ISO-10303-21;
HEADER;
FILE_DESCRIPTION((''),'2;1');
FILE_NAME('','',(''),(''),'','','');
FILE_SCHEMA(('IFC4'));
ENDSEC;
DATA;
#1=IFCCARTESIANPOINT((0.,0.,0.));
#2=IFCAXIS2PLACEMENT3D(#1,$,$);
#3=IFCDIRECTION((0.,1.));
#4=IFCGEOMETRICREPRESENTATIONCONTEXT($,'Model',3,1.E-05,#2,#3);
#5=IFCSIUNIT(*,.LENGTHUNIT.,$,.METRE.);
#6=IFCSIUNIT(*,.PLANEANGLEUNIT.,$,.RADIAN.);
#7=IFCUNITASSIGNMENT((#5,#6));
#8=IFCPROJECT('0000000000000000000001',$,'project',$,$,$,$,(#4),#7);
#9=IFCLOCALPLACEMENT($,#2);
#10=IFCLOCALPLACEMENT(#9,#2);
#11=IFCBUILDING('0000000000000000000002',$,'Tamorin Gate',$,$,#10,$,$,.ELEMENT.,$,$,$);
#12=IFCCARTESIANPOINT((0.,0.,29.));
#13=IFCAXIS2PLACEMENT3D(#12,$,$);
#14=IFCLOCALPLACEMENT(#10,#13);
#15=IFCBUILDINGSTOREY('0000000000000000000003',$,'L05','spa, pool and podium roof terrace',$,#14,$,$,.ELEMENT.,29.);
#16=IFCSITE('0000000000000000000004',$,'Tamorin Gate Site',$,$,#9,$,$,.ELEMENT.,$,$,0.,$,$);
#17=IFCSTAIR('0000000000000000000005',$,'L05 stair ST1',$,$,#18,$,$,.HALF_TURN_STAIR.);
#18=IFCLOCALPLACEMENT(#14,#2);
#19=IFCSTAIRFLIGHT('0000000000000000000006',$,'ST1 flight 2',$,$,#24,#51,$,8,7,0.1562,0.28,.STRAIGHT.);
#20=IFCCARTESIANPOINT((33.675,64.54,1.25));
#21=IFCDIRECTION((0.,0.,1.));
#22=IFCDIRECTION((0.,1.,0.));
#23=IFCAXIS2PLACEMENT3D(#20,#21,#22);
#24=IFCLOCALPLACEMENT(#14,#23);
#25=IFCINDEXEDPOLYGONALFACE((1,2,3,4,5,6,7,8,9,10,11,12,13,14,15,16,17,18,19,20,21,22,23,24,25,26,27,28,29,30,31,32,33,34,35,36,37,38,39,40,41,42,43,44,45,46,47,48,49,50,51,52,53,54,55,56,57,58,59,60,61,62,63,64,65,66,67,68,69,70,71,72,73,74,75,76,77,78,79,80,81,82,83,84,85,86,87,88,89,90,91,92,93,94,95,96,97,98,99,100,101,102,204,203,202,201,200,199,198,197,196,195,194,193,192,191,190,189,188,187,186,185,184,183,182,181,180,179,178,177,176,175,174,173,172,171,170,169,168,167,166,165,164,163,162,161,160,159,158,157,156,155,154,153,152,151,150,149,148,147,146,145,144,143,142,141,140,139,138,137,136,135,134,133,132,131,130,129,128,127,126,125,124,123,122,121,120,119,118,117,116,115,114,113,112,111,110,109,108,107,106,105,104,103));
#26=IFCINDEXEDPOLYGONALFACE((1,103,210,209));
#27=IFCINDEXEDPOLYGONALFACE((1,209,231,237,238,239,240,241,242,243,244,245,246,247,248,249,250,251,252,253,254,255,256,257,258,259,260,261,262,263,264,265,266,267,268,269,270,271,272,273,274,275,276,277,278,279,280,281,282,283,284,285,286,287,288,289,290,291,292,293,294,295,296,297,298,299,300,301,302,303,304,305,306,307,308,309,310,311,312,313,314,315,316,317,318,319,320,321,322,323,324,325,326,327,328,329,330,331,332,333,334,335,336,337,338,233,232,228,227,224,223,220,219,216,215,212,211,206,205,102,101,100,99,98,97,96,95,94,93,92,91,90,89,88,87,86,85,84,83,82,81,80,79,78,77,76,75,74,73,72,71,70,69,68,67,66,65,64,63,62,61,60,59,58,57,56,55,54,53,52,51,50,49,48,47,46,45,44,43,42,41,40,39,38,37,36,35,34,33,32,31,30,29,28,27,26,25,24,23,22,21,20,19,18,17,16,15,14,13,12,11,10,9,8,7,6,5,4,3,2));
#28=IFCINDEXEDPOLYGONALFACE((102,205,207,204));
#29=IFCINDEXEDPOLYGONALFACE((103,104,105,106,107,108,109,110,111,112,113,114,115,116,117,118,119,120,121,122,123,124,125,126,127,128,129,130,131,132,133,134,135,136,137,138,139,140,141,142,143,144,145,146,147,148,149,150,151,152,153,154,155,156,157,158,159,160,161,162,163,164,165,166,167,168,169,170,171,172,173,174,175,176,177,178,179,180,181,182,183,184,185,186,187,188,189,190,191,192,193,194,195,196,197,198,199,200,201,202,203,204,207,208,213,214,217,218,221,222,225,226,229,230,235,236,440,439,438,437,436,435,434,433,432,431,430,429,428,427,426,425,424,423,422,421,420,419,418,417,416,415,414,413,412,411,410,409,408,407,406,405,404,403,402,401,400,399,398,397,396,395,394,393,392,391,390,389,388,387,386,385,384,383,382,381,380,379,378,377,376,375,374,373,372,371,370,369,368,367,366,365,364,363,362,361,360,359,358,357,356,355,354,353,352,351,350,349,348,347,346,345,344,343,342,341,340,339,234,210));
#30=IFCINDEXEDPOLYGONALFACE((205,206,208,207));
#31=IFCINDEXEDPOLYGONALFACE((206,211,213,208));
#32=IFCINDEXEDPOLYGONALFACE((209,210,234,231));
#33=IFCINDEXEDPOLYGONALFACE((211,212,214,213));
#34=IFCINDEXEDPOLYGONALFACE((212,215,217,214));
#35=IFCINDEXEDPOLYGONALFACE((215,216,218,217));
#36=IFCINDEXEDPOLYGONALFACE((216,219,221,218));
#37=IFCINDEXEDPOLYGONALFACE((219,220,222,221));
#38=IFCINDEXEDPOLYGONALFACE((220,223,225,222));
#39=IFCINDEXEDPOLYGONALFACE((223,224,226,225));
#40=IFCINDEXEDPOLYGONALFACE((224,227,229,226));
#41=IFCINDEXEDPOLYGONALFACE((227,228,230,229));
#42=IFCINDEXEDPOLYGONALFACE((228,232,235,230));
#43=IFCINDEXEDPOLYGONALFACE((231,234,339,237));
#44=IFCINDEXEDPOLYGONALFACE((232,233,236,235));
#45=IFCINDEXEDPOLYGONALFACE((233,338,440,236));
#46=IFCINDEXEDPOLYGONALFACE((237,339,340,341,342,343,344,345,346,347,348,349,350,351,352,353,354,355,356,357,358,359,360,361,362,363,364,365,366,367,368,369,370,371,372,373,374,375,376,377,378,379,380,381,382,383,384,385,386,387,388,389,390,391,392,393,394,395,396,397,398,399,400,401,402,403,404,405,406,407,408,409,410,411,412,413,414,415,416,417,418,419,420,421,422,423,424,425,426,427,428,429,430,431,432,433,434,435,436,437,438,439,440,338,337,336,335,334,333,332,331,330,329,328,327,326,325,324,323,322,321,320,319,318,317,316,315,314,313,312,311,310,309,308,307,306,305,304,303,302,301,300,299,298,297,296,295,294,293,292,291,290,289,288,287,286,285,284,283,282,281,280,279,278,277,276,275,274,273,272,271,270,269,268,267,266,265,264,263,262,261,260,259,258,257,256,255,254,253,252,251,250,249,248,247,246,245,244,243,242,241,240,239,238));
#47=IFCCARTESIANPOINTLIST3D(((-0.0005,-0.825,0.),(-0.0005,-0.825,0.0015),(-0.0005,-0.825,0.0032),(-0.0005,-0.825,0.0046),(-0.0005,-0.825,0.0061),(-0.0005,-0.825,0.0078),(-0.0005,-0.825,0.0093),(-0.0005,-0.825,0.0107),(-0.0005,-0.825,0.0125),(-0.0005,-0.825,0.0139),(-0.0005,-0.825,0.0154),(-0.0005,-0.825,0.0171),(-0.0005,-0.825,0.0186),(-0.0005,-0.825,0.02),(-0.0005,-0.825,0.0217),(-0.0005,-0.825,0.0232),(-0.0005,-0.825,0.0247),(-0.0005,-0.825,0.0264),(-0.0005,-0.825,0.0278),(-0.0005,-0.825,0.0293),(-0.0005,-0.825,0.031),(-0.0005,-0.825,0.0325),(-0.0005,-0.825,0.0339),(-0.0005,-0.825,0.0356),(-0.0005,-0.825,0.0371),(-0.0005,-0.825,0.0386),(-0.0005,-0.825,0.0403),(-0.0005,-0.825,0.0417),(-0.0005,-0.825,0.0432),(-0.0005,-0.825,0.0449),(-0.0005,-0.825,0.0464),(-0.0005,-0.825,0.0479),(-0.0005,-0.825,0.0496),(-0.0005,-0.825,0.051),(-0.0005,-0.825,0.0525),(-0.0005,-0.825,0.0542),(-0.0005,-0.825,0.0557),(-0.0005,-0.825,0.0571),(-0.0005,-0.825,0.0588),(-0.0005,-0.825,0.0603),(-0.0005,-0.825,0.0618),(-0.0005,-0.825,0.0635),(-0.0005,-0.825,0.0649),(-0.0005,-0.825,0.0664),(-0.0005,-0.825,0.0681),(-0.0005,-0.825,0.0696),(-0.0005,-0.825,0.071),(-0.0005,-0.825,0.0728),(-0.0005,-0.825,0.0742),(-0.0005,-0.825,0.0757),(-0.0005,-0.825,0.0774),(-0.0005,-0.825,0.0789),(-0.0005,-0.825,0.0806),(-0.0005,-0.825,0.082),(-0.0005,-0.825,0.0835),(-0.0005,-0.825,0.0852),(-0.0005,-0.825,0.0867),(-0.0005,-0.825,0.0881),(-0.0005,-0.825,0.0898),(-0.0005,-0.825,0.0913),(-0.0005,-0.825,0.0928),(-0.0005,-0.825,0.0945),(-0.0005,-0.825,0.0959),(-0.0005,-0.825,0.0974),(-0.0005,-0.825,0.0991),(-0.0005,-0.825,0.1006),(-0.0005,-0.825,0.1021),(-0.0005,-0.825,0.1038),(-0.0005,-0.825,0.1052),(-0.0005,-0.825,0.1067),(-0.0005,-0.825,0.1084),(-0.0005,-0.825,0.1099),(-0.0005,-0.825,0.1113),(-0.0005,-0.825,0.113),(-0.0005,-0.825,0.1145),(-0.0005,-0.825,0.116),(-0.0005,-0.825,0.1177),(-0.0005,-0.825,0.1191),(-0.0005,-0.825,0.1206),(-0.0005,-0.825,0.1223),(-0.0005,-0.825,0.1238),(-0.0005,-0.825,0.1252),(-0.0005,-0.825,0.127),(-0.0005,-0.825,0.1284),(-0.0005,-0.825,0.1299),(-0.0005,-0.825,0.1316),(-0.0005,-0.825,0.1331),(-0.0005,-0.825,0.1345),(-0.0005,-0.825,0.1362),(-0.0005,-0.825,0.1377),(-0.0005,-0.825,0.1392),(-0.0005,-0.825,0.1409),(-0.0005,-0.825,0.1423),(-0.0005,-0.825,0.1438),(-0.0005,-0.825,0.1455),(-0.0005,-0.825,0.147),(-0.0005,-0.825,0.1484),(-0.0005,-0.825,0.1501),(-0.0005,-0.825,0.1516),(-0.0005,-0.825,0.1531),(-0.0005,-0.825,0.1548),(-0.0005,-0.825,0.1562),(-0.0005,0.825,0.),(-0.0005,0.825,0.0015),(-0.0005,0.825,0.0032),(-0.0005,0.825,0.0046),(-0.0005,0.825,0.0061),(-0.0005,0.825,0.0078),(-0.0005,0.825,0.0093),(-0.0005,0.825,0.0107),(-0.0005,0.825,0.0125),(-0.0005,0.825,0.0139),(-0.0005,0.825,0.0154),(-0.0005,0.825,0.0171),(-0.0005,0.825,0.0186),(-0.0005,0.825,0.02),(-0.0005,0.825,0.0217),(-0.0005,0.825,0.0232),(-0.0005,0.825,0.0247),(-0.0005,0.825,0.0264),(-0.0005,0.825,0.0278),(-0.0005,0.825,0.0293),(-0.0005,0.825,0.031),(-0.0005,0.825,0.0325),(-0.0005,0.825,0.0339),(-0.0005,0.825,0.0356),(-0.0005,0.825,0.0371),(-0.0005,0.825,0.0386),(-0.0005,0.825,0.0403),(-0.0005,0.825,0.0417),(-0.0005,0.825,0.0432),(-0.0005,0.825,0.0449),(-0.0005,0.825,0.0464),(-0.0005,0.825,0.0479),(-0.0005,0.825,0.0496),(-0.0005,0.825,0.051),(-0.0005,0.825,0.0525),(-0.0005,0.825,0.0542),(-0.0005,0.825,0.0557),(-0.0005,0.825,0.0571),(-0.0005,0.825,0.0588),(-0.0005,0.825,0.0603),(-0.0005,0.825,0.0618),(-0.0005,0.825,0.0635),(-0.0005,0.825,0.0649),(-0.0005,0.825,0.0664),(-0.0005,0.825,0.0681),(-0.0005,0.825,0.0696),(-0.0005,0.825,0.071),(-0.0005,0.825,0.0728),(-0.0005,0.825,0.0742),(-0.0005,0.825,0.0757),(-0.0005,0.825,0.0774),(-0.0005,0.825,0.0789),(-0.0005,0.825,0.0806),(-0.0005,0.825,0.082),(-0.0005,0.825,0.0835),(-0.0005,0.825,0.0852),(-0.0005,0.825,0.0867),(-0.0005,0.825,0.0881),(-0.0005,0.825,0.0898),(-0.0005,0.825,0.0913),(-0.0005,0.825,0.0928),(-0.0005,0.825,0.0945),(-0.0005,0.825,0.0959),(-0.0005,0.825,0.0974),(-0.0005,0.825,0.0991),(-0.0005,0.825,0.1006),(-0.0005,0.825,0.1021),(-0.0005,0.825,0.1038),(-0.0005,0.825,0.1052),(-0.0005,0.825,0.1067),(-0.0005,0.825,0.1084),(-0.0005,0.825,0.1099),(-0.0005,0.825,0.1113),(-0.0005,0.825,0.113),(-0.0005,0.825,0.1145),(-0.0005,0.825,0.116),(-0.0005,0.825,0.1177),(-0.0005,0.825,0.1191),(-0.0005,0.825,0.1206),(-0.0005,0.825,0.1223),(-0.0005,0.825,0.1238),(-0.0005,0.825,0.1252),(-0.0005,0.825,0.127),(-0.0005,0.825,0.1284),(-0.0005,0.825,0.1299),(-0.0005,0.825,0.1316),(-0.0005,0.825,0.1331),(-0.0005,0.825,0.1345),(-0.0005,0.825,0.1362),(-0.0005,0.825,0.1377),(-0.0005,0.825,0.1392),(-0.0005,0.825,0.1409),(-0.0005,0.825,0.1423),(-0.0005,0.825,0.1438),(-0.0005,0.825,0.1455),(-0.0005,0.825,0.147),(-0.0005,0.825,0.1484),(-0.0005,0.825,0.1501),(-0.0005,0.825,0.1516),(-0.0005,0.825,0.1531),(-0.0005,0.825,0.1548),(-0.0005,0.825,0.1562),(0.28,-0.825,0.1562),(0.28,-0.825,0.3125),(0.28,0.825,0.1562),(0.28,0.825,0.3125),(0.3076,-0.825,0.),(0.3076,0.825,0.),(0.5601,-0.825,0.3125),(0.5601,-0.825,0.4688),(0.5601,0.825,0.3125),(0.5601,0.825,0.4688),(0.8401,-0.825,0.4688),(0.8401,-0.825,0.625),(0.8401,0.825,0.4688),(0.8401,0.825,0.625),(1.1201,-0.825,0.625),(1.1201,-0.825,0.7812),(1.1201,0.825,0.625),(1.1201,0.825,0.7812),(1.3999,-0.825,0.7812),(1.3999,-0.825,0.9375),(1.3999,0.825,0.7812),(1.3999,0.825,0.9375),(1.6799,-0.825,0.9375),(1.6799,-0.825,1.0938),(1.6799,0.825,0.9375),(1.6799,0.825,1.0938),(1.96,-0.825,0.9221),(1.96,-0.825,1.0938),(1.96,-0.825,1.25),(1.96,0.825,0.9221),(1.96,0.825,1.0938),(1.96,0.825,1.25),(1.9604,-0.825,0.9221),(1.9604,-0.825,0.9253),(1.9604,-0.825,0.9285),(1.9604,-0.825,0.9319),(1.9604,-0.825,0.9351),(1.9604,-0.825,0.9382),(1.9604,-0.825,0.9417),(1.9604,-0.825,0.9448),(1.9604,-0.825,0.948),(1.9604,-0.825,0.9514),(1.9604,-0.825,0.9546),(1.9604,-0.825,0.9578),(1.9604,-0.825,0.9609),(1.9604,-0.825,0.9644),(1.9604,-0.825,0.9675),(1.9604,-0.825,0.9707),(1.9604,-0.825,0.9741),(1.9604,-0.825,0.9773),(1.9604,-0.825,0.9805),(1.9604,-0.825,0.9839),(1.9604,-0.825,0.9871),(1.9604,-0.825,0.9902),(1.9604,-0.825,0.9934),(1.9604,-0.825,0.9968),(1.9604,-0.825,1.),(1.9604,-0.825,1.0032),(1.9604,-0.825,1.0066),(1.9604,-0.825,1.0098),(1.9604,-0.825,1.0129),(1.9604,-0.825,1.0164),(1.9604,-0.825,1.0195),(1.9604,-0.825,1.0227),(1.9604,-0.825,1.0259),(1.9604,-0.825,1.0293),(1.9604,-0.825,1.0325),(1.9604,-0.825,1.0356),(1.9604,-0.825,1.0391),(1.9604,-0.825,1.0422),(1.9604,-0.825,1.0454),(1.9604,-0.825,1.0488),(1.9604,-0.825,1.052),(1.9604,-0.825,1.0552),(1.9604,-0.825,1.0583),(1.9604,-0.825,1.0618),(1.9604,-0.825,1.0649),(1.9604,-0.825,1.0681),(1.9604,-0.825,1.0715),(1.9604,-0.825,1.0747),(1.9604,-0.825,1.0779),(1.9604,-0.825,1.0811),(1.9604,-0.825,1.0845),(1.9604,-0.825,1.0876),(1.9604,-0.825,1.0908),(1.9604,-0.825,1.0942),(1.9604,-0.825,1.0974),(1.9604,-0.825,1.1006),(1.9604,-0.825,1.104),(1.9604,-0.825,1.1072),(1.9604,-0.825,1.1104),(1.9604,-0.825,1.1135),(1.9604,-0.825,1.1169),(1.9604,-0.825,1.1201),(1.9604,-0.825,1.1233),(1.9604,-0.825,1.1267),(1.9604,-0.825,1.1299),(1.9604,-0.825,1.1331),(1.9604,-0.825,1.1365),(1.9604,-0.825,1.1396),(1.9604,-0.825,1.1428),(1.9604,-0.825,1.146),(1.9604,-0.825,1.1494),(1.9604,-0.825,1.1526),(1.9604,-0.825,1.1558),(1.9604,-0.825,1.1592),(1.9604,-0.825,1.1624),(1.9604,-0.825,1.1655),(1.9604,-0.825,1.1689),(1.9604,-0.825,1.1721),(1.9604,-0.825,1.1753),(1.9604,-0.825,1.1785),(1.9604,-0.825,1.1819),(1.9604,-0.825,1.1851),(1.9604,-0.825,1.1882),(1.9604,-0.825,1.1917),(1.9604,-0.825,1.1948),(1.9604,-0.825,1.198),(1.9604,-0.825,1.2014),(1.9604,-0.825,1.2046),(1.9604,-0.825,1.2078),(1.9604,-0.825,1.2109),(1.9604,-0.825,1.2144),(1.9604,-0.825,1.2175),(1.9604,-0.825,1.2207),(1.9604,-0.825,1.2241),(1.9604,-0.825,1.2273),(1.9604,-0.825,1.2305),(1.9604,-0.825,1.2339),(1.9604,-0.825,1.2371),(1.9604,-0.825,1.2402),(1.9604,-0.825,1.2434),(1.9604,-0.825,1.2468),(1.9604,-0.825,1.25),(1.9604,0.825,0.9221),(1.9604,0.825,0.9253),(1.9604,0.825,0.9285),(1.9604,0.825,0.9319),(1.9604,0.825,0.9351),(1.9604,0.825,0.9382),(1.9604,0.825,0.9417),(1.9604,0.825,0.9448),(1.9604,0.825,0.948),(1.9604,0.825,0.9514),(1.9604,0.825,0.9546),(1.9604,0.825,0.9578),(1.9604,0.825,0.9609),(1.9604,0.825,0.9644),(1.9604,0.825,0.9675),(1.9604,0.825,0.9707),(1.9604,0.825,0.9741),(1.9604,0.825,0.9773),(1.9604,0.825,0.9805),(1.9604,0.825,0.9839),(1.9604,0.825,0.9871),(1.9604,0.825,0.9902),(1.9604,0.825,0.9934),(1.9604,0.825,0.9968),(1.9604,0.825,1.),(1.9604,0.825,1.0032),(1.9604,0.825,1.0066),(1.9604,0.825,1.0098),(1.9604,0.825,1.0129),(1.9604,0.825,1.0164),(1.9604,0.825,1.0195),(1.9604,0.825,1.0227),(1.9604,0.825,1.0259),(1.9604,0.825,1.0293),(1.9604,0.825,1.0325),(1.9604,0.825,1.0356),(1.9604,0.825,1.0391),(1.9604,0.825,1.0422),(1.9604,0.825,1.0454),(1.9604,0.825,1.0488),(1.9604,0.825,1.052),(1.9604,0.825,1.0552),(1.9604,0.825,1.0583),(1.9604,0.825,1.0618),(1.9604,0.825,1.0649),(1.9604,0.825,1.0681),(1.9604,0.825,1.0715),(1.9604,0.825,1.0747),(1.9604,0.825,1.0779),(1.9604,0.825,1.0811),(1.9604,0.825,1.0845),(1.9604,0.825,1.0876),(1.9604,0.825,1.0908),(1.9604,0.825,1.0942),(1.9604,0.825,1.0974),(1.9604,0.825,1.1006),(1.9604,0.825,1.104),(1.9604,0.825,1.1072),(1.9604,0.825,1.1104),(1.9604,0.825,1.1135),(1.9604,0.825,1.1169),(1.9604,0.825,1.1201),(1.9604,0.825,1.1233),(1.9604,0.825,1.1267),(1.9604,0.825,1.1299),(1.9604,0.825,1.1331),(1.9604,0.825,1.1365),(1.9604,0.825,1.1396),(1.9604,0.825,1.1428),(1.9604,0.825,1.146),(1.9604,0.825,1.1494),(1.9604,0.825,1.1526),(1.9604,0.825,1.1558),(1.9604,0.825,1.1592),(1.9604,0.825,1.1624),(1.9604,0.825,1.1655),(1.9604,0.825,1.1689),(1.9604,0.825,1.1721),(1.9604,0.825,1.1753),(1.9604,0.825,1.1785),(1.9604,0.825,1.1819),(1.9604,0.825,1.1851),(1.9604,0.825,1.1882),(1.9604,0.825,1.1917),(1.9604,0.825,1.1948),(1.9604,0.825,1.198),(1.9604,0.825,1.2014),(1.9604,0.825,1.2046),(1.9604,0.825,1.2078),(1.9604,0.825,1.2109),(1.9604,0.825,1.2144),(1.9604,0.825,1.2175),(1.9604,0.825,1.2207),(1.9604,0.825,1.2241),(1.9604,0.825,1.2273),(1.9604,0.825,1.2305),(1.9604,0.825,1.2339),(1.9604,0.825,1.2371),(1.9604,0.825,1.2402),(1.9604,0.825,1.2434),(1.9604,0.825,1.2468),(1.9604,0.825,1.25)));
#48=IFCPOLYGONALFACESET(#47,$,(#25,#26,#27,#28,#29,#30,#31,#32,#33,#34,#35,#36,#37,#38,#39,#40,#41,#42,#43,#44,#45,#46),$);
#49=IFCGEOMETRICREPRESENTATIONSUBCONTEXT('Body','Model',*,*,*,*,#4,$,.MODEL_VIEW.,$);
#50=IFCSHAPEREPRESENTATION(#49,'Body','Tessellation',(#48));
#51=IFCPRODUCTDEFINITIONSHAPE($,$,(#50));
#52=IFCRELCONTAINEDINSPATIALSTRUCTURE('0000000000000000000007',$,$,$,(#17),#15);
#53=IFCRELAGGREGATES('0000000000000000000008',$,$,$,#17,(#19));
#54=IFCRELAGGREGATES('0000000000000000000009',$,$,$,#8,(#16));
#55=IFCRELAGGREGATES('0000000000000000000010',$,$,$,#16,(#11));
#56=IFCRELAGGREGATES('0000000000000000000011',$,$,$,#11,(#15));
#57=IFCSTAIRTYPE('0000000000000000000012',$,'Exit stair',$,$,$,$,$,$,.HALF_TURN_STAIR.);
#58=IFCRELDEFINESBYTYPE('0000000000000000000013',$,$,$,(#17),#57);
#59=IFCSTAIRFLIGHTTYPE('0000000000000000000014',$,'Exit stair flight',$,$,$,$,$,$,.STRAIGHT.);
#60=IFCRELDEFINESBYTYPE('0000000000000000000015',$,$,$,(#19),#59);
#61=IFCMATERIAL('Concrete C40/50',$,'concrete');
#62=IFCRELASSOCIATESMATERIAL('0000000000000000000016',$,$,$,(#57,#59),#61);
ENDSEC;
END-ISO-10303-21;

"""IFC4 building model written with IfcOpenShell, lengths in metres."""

from ifc_helpers import new_model, si_unit, direction, frame, origin, place, context, subcontext, project, spatial, polyline, outline, extrude, material, type_object, element, aggregate, save


model = new_model("IFC4")

# Units and contexts
model_context = context("Model", 3, precision=1e-05, world=origin(), true_north=direction((0.0, 1.0)))
body_context = subcontext(model_context, "Body", "Model", "MODEL_VIEW")
ifc_project = project(units=[si_unit("LENGTHUNIT", "METRE"), si_unit("PLANEANGLEUNIT", "RADIAN")], contexts=[model_context])

# Site, building, storey
site_placement = place(None, origin())
site = spatial("IfcSite", under=ifc_project, at=site_placement, Name="Tamorin Gate Site", CompositionType="ELEMENT", RefElevation=0.0)
building_placement = place(site_placement, origin())
building = spatial("IfcBuilding", under=site, at=building_placement, Name="Tamorin Gate", CompositionType="ELEMENT")
storey_placement = place(building_placement, frame((0.0, 0.0, 29.0)))
storey = spatial("IfcBuildingStorey", under=building, at=storey_placement, Name="L05", Description="spa, pool and podium roof terrace", CompositionType="ELEMENT", Elevation=29.0)

# Stair, stair flight
ifc_material_1 = material(Name="Concrete C40/50", Category="concrete")
stair_type = type_object("IfcStairType", Name="Exit stair", PredefinedType="HALF_TURN_STAIR", material=ifc_material_1)
stair_placement = place(storey_placement, origin())
stair = element("IfcStair", 1, at=stair_placement, inside=storey, type_object=stair_type, Name="L05 stair ST1", PredefinedType="HALF_TURN_STAIR")
stair_flight_type = type_object("IfcStairFlightType", Name="Exit stair flight", PredefinedType="STRAIGHT", material=ifc_material_1)
stair_flight_placement = place(storey_placement, frame((33.675, 64.54, 1.25), z_axis=(0.0, 0.0, 1.0), x_axis=(0.0, 1.0, 0.0)))
stair_flight = element("IfcStairFlight", 2, at=stair_flight_placement, type_object=stair_flight_type, Name="ST1 flight 2", NumberOfRisers=8, NumberOfTreads=7, PredefinedType="STRAIGHT", RiserHeight=0.1562, TreadLength=0.28, context=body_context, shape_type="SweptSolid", body=[
    extrude(outline(polyline([(-0.0005, 0.0), (-0.0005, 0.0015), (-0.0005, 0.0032), (-0.0005, 0.0046), (-0.0005, 0.0061), (-0.0005, 0.0078), (-0.0005, 0.0093), (-0.0005, 0.0107), (-0.0005, 0.0125), (-0.0005, 0.0139), (-0.0005, 0.0154), (-0.0005, 0.0171), (-0.0005, 0.0186), (-0.0005, 0.02), (-0.0005, 0.0217), (-0.0005, 0.0232), (-0.0005, 0.0247), (-0.0005, 0.0264), (-0.0005, 0.0278), (-0.0005, 0.0293), (-0.0005, 0.031), (-0.0005, 0.0325), (-0.0005, 0.0339), (-0.0005, 0.0356), (-0.0005, 0.0371), (-0.0005, 0.0386), (-0.0005, 0.0403), (-0.0005, 0.0417), (-0.0005, 0.0432), (-0.0005, 0.0449), (-0.0005, 0.0464), (-0.0005, 0.0479), (-0.0005, 0.0496), (-0.0005, 0.051), (-0.0005, 0.0525), (-0.0005, 0.0542), (-0.0005, 0.0557), (-0.0005, 0.0571), (-0.0005, 0.0588), (-0.0005, 0.0603), (-0.0005, 0.0618), (-0.0005, 0.0635), (-0.0005, 0.0649), (-0.0005, 0.0664), (-0.0005, 0.0681), (-0.0005, 0.0696), (-0.0005, 0.071), (-0.0005, 0.0728), (-0.0005, 0.0742), (-0.0005, 0.0757), (-0.0005, 0.0774), (-0.0005, 0.0789), (-0.0005, 0.0806), (-0.0005, 0.082), (-0.0005, 0.0835), (-0.0005, 0.0852), (-0.0005, 0.0867), (-0.0005, 0.0881), (-0.0005, 0.0898), (-0.0005, 0.0913), (-0.0005, 0.0928), (-0.0005, 0.0945), (-0.0005, 0.0959), (-0.0005, 0.0974), (-0.0005, 0.0991), (-0.0005, 0.1006), (-0.0005, 0.1021), (-0.0005, 0.1038), (-0.0005, 0.1052), (-0.0005, 0.1067), (-0.0005, 0.1084), (-0.0005, 0.1099), (-0.0005, 0.1113), (-0.0005, 0.113), (-0.0005, 0.1145), (-0.0005, 0.116), (-0.0005, 0.1177), (-0.0005, 0.1191), (-0.0005, 0.1206), (-0.0005, 0.1223), (-0.0005, 0.1238), (-0.0005, 0.1252), (-0.0005, 0.127), (-0.0005, 0.1284), (-0.0005, 0.1299), (-0.0005, 0.1316), (-0.0005, 0.1331), (-0.0005, 0.1345), (-0.0005, 0.1362), (-0.0005, 0.1377), (-0.0005, 0.1392), (-0.0005, 0.1409), (-0.0005, 0.1423), (-0.0005, 0.1438), (-0.0005, 0.1455), (-0.0005, 0.147), (-0.0005, 0.1484), (-0.0005, 0.1501), (-0.0005, 0.1516), (-0.0005, 0.1531), (-0.0005, 0.1548), (-0.0005, 0.1562), (0.28, 0.1562), (0.28, 0.3125), (0.5601, 0.3125), (0.5601, 0.4688), (0.8401, 0.4688), (0.8401, 0.625), (1.1201, 0.625), (1.1201, 0.7812), (1.3999, 0.7812), (1.3999, 0.9375), (1.6799, 0.9375), (1.6799, 1.0938), (1.96, 1.0938), (1.96, 1.25), (1.9604, 1.25), (1.9604, 1.2468), (1.9604, 1.2434), (1.9604, 1.2402), (1.9604, 1.2371), (1.9604, 1.2339), (1.9604, 1.2305), (1.9604, 1.2273), (1.9604, 1.2241), (1.9604, 1.2207), (1.9604, 1.2175), (1.9604, 1.2144), (1.9604, 1.2109), (1.9604, 1.2078), (1.9604, 1.2046), (1.9604, 1.2014), (1.9604, 1.198), (1.9604, 1.1948), (1.9604, 1.1917), (1.9604, 1.1882), (1.9604, 1.1851), (1.9604, 1.1819), (1.9604, 1.1785), (1.9604, 1.1753), (1.9604, 1.1721), (1.9604, 1.1689), (1.9604, 1.1655), (1.9604, 1.1624), (1.9604, 1.1592), (1.9604, 1.1558), (1.9604, 1.1526), (1.9604, 1.1494), (1.9604, 1.146), (1.9604, 1.1428), (1.9604, 1.1396), (1.9604, 1.1365), (1.9604, 1.1331), (1.9604, 1.1299), (1.9604, 1.1267), (1.9604, 1.1233), (1.9604, 1.1201), (1.9604, 1.1169), (1.9604, 1.1135), (1.9604, 1.1104), (1.9604, 1.1072), (1.9604, 1.104), (1.9604, 1.1006), (1.9604, 1.0974), (1.9604, 1.0942), (1.9604, 1.0908), (1.9604, 1.0876), (1.9604, 1.0845), (1.9604, 1.0811), (1.9604, 1.0779), (1.9604, 1.0747), (1.9604, 1.0715), (1.9604, 1.0681), (1.9604, 1.0649), (1.9604, 1.0618), (1.9604, 1.0583), (1.9604, 1.0552), (1.9604, 1.052), (1.9604, 1.0488), (1.9604, 1.0454), (1.9604, 1.0422), (1.9604, 1.0391), (1.9604, 1.0356), (1.9604, 1.0325), (1.9604, 1.0293), (1.9604, 1.0259), (1.9604, 1.0227), (1.9604, 1.0195), (1.9604, 1.0164), (1.9604, 1.0129), (1.9604, 1.0098), (1.9604, 1.0066), (1.9604, 1.0032), (1.9604, 1.0), (1.9604, 0.9968), (1.9604, 0.9934), (1.9604, 0.9902), (1.9604, 0.9871), (1.9604, 0.9839), (1.9604, 0.9805), (1.9604, 0.9773), (1.9604, 0.9741), (1.9604, 0.9707), (1.9604, 0.9675), (1.9604, 0.9644), (1.9604, 0.9609), (1.9604, 0.9578), (1.9604, 0.9546), (1.9604, 0.9514), (1.9604, 0.948), (1.9604, 0.9448), (1.9604, 0.9417), (1.9604, 0.9382), (1.9604, 0.9351), (1.9604, 0.9319), (1.9604, 0.9285), (1.9604, 0.9253), (1.9604, 0.9221), (1.96, 0.9221), (0.3076, 0.0), (-0.0005, 0.0)])), frame((0.0, 0.825, 0.0), z_axis=(0.0, -1.0, 0.0), x_axis=(1.0, 0.0, 0.0)), (0.0, 0.0, 1.0), 1.6499),
])
aggregate(stair, [stair_flight])

save(model, "model.ifc")
